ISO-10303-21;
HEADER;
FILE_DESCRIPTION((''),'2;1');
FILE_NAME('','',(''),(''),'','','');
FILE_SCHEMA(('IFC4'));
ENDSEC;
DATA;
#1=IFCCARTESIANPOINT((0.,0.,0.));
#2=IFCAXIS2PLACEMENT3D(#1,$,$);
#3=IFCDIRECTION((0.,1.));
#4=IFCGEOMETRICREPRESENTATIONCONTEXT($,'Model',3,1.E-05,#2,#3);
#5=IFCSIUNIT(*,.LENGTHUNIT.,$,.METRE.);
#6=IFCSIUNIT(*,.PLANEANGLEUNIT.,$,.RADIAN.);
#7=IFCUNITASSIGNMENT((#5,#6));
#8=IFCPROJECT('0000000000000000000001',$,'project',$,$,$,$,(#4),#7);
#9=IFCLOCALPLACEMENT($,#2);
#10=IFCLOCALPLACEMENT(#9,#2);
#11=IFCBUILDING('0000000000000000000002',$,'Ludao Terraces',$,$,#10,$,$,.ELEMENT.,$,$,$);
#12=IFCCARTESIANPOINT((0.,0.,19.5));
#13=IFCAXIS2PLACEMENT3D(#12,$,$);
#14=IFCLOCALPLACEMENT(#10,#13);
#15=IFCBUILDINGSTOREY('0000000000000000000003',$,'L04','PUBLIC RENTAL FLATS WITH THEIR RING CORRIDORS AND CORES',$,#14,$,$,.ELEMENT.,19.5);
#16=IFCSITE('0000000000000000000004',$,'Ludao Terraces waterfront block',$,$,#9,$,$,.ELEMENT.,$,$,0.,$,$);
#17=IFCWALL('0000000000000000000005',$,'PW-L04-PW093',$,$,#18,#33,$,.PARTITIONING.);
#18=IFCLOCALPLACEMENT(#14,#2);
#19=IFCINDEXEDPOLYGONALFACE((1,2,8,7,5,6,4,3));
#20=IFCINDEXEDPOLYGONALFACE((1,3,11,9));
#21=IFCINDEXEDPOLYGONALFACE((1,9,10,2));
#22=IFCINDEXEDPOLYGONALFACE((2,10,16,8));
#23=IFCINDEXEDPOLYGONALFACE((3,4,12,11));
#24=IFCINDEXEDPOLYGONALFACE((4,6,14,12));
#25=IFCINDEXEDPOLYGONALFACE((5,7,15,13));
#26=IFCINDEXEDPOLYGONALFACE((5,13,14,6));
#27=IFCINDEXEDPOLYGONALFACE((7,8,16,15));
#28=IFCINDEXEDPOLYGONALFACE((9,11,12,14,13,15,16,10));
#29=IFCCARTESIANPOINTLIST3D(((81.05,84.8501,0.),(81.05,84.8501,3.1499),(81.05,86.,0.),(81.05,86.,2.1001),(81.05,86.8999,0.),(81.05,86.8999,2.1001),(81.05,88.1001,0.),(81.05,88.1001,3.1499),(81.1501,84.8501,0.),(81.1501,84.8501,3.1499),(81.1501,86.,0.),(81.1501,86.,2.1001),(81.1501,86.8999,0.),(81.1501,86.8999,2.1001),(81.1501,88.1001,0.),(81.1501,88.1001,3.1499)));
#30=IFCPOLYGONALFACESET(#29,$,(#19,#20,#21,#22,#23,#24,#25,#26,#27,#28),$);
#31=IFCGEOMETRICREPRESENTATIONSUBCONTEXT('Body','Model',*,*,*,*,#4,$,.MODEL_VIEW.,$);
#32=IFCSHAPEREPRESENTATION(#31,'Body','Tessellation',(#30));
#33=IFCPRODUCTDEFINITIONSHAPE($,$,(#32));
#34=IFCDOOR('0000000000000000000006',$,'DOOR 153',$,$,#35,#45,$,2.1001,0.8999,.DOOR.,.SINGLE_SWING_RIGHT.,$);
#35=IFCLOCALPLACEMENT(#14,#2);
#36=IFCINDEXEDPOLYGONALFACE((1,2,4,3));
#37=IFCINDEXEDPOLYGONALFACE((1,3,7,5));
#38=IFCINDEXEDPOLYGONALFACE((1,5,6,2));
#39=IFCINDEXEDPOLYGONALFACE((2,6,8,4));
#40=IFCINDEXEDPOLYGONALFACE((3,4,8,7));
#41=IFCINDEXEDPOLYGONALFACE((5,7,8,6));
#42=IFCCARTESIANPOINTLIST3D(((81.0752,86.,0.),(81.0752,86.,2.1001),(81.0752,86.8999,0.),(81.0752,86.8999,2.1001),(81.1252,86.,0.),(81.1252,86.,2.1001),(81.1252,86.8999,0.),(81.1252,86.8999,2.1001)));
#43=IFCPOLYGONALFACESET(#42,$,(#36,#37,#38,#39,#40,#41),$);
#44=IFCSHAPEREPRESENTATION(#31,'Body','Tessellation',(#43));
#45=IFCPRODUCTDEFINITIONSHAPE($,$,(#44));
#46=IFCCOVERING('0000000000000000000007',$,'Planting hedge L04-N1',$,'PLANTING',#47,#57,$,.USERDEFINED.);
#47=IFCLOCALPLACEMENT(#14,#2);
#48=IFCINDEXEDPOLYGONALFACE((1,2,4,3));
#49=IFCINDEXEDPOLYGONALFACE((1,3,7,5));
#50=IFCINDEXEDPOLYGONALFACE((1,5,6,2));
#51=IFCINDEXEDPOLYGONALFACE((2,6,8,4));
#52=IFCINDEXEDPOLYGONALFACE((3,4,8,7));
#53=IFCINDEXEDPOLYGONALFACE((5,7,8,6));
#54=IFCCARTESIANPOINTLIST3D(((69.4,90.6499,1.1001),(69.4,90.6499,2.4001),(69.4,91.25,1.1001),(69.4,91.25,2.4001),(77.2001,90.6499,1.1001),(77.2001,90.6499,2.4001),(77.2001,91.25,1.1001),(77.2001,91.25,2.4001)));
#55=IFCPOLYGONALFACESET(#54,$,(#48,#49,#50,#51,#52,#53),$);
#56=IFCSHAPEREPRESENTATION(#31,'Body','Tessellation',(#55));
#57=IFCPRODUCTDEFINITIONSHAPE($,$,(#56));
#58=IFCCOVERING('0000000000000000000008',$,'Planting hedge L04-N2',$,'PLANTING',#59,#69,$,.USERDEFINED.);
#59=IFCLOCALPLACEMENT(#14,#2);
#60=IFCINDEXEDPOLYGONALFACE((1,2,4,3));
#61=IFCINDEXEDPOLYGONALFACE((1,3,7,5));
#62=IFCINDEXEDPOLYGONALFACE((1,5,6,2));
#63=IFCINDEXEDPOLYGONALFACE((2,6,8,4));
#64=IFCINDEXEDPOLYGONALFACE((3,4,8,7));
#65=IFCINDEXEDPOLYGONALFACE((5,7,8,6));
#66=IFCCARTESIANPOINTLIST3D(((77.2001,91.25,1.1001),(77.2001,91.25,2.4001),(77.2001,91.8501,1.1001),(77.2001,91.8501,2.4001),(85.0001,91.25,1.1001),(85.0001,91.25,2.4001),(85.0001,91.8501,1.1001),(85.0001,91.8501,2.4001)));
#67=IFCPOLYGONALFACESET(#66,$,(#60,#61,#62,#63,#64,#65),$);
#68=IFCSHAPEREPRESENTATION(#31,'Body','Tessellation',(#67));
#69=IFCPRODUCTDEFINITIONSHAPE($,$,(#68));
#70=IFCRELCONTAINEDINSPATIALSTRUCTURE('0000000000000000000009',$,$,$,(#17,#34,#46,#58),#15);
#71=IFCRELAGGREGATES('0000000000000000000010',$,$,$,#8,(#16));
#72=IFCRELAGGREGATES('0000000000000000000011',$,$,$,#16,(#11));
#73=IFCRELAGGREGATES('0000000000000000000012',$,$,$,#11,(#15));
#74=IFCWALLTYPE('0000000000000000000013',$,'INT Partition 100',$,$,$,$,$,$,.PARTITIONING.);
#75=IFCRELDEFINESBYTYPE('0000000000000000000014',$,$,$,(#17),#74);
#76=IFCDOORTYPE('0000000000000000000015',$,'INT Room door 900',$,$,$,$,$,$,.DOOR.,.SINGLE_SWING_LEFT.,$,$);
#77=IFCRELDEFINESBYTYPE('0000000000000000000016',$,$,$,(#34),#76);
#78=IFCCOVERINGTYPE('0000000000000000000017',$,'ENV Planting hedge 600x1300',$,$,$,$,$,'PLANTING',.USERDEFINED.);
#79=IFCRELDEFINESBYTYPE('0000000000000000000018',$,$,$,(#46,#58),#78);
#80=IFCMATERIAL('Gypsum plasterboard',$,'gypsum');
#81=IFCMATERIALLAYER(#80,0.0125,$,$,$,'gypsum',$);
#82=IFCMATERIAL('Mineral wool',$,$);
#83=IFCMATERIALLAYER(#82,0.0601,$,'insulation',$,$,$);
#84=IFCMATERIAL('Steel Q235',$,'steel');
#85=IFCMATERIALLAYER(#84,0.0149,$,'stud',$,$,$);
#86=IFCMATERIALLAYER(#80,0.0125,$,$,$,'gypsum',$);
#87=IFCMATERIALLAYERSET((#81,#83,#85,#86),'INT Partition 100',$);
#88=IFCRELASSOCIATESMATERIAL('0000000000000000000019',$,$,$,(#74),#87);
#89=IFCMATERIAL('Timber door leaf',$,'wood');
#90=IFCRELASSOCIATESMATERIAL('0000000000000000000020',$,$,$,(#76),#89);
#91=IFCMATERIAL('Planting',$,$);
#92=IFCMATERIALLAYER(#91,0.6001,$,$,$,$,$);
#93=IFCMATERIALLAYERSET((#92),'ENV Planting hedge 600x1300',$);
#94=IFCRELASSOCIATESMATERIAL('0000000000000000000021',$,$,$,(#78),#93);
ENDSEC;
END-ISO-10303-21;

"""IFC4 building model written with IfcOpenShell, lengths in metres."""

from ifc_helpers import new_model, si_unit, direction, frame, frame_2d, origin, origin_2d, place, context, subcontext, project, spatial, rectangle, extrude, material, layer, layer_set, type_object, element, fill, save


model = new_model("IFC4")

# Units and contexts
model_context = context("Model", 3, precision=1e-05, world=origin(), true_north=direction((0.0, 1.0)))
body_context = subcontext(model_context, "Body", "Model", "MODEL_VIEW")
ifc_project = project(units=[si_unit("LENGTHUNIT", "METRE"), si_unit("PLANEANGLEUNIT", "RADIAN")], contexts=[model_context])

# Site, building, storey
site_placement = place(None, origin())
site = spatial("IfcSite", under=ifc_project, at=site_placement, Name="Ludao Terraces waterfront block", CompositionType="ELEMENT", RefElevation=0.0)
building_placement = place(site_placement, origin())
building = spatial("IfcBuilding", under=site, at=building_placement, Name="Ludao Terraces", CompositionType="ELEMENT")
storey_placement = place(building_placement, frame((0.0, 0.0, 19.5)))
storey = spatial("IfcBuildingStorey", under=building, at=storey_placement, Name="L04", Description="PUBLIC RENTAL FLATS WITH THEIR RING CORRIDORS AND CORES", CompositionType="ELEMENT", Elevation=19.5)

# Shared definitions
ifc_material_1 = material(Name="Mineral wool")

# Wall, opening, door
ifc_material_2 = material(Name="Gypsum plasterboard", Category="gypsum")
ifc_layer_1 = layer(ifc_material_2, 0.0125, Category="gypsum")
ifc_layer_2 = layer(ifc_material_1, 0.0601, Name="insulation")
ifc_material_3 = material(Name="Steel Q235", Category="steel")
ifc_layer_3 = layer(ifc_material_3, 0.0149, Name="stud")
ifc_layer_4 = layer(ifc_material_2, 0.0125, Category="gypsum")
ifc_layer_set_1 = layer_set([ifc_layer_1, ifc_layer_2, ifc_layer_3, ifc_layer_4], Name="INT Partition 100")
wall_type_1 = type_object("IfcWallType", Name="INT Partition 100", PredefinedType="PARTITIONING", material=ifc_layer_set_1)
ifc_material_4 = material(Name="Timber door leaf", Category="wood")
door_type_1 = type_object("IfcDoorType", Name="INT Room door 900", OperationType="SINGLE_SWING_LEFT", PredefinedType="DOOR", material=ifc_material_4)
wall_1_placement = place(storey_placement, frame((81.1001, 84.8501, 0.0), z_axis=(0.0, 0.0, 1.0), x_axis=(0.0, 1.0, 0.0)))
wall_1 = element("IfcWall", 1, at=wall_1_placement, inside=storey, type_object=wall_type_1, Name="PW-L04-PW093", PredefinedType="PARTITIONING", context=body_context, shape_type="SweptSolid", body=[
    extrude(rectangle(XDim=3.25, YDim=0.1001, at=frame_2d((1.625, 0.0))), origin(), (0.0, 0.0, 1.0), 3.1499),
])
opening_1_placement = place(wall_1_placement, frame((1.1499, 0.0, 0.0)))
opening_1 = element("IfcOpeningElement", 2, at=opening_1_placement, cuts=wall_1, PredefinedType="OPENING", context=body_context, shape_type="SweptSolid", body=[
    extrude(rectangle(XDim=0.8999, YDim=2.1001, at=frame_2d((0.45, 1.05))), frame((0.0, 0.0601, 0.0), z_axis=(0.0, -1.0, 0.0), x_axis=(1.0, 0.0, 0.0)), (0.0, 0.0, 1.0), 0.1201),
])
door_1_placement = place(opening_1_placement, origin())
door_1 = element("IfcDoor", 3, at=door_1_placement, inside=storey, type_object=door_type_1, Name="DOOR 153", OperationType="SINGLE_SWING_RIGHT", OverallHeight=2.1001, OverallWidth=0.8999, PredefinedType="DOOR", context=body_context, shape_type="SweptSolid", body=[
    extrude(rectangle(XDim=0.8999, YDim=2.1001, at=frame_2d((0.45, 1.05))), frame((0.0, 0.0249, 0.0), z_axis=(0.0, -1.0, 0.0), x_axis=(1.0, 0.0, 0.0)), (0.0, 0.0, 1.0), 0.05),
])
fill(opening_1, door_1)

# Coverings
ifc_material_5 = material(Name="Planting")
ifc_layer_5 = layer(ifc_material_5, 0.6001)
ifc_layer_set_2 = layer_set([ifc_layer_5], Name="ENV Planting hedge 600x1300")
covering_type = type_object("IfcCoveringType", Name="ENV Planting hedge 600x1300", ElementType="PLANTING", PredefinedType="USERDEFINED", material=ifc_layer_set_2)
for number, where, z_axis, x_axis, name in (
    (4, (73.3, 90.95, 1.1001), (0.0, 0.0, 1.0), (1.0, 0.0, 0.0), "Planting hedge L04-N1"),
    (5, (81.1001, 91.55, 1.1001), (0.0, 0.0, 1.0), (1.0, 0.0, 0.0), "Planting hedge L04-N2"),
):
    element("IfcCovering", number, at=place(storey_placement, frame(where, z_axis=z_axis, x_axis=x_axis)), inside=storey, type_object=covering_type, Name=name, ObjectType="PLANTING", PredefinedType="USERDEFINED", context=body_context, shape_type="SweptSolid", body=[
        extrude(rectangle(XDim=7.8, YDim=0.6001, at=origin_2d()), origin(), (0.0, 0.0, 1.0), 1.3),
    ])

save(model, "model.ifc")
